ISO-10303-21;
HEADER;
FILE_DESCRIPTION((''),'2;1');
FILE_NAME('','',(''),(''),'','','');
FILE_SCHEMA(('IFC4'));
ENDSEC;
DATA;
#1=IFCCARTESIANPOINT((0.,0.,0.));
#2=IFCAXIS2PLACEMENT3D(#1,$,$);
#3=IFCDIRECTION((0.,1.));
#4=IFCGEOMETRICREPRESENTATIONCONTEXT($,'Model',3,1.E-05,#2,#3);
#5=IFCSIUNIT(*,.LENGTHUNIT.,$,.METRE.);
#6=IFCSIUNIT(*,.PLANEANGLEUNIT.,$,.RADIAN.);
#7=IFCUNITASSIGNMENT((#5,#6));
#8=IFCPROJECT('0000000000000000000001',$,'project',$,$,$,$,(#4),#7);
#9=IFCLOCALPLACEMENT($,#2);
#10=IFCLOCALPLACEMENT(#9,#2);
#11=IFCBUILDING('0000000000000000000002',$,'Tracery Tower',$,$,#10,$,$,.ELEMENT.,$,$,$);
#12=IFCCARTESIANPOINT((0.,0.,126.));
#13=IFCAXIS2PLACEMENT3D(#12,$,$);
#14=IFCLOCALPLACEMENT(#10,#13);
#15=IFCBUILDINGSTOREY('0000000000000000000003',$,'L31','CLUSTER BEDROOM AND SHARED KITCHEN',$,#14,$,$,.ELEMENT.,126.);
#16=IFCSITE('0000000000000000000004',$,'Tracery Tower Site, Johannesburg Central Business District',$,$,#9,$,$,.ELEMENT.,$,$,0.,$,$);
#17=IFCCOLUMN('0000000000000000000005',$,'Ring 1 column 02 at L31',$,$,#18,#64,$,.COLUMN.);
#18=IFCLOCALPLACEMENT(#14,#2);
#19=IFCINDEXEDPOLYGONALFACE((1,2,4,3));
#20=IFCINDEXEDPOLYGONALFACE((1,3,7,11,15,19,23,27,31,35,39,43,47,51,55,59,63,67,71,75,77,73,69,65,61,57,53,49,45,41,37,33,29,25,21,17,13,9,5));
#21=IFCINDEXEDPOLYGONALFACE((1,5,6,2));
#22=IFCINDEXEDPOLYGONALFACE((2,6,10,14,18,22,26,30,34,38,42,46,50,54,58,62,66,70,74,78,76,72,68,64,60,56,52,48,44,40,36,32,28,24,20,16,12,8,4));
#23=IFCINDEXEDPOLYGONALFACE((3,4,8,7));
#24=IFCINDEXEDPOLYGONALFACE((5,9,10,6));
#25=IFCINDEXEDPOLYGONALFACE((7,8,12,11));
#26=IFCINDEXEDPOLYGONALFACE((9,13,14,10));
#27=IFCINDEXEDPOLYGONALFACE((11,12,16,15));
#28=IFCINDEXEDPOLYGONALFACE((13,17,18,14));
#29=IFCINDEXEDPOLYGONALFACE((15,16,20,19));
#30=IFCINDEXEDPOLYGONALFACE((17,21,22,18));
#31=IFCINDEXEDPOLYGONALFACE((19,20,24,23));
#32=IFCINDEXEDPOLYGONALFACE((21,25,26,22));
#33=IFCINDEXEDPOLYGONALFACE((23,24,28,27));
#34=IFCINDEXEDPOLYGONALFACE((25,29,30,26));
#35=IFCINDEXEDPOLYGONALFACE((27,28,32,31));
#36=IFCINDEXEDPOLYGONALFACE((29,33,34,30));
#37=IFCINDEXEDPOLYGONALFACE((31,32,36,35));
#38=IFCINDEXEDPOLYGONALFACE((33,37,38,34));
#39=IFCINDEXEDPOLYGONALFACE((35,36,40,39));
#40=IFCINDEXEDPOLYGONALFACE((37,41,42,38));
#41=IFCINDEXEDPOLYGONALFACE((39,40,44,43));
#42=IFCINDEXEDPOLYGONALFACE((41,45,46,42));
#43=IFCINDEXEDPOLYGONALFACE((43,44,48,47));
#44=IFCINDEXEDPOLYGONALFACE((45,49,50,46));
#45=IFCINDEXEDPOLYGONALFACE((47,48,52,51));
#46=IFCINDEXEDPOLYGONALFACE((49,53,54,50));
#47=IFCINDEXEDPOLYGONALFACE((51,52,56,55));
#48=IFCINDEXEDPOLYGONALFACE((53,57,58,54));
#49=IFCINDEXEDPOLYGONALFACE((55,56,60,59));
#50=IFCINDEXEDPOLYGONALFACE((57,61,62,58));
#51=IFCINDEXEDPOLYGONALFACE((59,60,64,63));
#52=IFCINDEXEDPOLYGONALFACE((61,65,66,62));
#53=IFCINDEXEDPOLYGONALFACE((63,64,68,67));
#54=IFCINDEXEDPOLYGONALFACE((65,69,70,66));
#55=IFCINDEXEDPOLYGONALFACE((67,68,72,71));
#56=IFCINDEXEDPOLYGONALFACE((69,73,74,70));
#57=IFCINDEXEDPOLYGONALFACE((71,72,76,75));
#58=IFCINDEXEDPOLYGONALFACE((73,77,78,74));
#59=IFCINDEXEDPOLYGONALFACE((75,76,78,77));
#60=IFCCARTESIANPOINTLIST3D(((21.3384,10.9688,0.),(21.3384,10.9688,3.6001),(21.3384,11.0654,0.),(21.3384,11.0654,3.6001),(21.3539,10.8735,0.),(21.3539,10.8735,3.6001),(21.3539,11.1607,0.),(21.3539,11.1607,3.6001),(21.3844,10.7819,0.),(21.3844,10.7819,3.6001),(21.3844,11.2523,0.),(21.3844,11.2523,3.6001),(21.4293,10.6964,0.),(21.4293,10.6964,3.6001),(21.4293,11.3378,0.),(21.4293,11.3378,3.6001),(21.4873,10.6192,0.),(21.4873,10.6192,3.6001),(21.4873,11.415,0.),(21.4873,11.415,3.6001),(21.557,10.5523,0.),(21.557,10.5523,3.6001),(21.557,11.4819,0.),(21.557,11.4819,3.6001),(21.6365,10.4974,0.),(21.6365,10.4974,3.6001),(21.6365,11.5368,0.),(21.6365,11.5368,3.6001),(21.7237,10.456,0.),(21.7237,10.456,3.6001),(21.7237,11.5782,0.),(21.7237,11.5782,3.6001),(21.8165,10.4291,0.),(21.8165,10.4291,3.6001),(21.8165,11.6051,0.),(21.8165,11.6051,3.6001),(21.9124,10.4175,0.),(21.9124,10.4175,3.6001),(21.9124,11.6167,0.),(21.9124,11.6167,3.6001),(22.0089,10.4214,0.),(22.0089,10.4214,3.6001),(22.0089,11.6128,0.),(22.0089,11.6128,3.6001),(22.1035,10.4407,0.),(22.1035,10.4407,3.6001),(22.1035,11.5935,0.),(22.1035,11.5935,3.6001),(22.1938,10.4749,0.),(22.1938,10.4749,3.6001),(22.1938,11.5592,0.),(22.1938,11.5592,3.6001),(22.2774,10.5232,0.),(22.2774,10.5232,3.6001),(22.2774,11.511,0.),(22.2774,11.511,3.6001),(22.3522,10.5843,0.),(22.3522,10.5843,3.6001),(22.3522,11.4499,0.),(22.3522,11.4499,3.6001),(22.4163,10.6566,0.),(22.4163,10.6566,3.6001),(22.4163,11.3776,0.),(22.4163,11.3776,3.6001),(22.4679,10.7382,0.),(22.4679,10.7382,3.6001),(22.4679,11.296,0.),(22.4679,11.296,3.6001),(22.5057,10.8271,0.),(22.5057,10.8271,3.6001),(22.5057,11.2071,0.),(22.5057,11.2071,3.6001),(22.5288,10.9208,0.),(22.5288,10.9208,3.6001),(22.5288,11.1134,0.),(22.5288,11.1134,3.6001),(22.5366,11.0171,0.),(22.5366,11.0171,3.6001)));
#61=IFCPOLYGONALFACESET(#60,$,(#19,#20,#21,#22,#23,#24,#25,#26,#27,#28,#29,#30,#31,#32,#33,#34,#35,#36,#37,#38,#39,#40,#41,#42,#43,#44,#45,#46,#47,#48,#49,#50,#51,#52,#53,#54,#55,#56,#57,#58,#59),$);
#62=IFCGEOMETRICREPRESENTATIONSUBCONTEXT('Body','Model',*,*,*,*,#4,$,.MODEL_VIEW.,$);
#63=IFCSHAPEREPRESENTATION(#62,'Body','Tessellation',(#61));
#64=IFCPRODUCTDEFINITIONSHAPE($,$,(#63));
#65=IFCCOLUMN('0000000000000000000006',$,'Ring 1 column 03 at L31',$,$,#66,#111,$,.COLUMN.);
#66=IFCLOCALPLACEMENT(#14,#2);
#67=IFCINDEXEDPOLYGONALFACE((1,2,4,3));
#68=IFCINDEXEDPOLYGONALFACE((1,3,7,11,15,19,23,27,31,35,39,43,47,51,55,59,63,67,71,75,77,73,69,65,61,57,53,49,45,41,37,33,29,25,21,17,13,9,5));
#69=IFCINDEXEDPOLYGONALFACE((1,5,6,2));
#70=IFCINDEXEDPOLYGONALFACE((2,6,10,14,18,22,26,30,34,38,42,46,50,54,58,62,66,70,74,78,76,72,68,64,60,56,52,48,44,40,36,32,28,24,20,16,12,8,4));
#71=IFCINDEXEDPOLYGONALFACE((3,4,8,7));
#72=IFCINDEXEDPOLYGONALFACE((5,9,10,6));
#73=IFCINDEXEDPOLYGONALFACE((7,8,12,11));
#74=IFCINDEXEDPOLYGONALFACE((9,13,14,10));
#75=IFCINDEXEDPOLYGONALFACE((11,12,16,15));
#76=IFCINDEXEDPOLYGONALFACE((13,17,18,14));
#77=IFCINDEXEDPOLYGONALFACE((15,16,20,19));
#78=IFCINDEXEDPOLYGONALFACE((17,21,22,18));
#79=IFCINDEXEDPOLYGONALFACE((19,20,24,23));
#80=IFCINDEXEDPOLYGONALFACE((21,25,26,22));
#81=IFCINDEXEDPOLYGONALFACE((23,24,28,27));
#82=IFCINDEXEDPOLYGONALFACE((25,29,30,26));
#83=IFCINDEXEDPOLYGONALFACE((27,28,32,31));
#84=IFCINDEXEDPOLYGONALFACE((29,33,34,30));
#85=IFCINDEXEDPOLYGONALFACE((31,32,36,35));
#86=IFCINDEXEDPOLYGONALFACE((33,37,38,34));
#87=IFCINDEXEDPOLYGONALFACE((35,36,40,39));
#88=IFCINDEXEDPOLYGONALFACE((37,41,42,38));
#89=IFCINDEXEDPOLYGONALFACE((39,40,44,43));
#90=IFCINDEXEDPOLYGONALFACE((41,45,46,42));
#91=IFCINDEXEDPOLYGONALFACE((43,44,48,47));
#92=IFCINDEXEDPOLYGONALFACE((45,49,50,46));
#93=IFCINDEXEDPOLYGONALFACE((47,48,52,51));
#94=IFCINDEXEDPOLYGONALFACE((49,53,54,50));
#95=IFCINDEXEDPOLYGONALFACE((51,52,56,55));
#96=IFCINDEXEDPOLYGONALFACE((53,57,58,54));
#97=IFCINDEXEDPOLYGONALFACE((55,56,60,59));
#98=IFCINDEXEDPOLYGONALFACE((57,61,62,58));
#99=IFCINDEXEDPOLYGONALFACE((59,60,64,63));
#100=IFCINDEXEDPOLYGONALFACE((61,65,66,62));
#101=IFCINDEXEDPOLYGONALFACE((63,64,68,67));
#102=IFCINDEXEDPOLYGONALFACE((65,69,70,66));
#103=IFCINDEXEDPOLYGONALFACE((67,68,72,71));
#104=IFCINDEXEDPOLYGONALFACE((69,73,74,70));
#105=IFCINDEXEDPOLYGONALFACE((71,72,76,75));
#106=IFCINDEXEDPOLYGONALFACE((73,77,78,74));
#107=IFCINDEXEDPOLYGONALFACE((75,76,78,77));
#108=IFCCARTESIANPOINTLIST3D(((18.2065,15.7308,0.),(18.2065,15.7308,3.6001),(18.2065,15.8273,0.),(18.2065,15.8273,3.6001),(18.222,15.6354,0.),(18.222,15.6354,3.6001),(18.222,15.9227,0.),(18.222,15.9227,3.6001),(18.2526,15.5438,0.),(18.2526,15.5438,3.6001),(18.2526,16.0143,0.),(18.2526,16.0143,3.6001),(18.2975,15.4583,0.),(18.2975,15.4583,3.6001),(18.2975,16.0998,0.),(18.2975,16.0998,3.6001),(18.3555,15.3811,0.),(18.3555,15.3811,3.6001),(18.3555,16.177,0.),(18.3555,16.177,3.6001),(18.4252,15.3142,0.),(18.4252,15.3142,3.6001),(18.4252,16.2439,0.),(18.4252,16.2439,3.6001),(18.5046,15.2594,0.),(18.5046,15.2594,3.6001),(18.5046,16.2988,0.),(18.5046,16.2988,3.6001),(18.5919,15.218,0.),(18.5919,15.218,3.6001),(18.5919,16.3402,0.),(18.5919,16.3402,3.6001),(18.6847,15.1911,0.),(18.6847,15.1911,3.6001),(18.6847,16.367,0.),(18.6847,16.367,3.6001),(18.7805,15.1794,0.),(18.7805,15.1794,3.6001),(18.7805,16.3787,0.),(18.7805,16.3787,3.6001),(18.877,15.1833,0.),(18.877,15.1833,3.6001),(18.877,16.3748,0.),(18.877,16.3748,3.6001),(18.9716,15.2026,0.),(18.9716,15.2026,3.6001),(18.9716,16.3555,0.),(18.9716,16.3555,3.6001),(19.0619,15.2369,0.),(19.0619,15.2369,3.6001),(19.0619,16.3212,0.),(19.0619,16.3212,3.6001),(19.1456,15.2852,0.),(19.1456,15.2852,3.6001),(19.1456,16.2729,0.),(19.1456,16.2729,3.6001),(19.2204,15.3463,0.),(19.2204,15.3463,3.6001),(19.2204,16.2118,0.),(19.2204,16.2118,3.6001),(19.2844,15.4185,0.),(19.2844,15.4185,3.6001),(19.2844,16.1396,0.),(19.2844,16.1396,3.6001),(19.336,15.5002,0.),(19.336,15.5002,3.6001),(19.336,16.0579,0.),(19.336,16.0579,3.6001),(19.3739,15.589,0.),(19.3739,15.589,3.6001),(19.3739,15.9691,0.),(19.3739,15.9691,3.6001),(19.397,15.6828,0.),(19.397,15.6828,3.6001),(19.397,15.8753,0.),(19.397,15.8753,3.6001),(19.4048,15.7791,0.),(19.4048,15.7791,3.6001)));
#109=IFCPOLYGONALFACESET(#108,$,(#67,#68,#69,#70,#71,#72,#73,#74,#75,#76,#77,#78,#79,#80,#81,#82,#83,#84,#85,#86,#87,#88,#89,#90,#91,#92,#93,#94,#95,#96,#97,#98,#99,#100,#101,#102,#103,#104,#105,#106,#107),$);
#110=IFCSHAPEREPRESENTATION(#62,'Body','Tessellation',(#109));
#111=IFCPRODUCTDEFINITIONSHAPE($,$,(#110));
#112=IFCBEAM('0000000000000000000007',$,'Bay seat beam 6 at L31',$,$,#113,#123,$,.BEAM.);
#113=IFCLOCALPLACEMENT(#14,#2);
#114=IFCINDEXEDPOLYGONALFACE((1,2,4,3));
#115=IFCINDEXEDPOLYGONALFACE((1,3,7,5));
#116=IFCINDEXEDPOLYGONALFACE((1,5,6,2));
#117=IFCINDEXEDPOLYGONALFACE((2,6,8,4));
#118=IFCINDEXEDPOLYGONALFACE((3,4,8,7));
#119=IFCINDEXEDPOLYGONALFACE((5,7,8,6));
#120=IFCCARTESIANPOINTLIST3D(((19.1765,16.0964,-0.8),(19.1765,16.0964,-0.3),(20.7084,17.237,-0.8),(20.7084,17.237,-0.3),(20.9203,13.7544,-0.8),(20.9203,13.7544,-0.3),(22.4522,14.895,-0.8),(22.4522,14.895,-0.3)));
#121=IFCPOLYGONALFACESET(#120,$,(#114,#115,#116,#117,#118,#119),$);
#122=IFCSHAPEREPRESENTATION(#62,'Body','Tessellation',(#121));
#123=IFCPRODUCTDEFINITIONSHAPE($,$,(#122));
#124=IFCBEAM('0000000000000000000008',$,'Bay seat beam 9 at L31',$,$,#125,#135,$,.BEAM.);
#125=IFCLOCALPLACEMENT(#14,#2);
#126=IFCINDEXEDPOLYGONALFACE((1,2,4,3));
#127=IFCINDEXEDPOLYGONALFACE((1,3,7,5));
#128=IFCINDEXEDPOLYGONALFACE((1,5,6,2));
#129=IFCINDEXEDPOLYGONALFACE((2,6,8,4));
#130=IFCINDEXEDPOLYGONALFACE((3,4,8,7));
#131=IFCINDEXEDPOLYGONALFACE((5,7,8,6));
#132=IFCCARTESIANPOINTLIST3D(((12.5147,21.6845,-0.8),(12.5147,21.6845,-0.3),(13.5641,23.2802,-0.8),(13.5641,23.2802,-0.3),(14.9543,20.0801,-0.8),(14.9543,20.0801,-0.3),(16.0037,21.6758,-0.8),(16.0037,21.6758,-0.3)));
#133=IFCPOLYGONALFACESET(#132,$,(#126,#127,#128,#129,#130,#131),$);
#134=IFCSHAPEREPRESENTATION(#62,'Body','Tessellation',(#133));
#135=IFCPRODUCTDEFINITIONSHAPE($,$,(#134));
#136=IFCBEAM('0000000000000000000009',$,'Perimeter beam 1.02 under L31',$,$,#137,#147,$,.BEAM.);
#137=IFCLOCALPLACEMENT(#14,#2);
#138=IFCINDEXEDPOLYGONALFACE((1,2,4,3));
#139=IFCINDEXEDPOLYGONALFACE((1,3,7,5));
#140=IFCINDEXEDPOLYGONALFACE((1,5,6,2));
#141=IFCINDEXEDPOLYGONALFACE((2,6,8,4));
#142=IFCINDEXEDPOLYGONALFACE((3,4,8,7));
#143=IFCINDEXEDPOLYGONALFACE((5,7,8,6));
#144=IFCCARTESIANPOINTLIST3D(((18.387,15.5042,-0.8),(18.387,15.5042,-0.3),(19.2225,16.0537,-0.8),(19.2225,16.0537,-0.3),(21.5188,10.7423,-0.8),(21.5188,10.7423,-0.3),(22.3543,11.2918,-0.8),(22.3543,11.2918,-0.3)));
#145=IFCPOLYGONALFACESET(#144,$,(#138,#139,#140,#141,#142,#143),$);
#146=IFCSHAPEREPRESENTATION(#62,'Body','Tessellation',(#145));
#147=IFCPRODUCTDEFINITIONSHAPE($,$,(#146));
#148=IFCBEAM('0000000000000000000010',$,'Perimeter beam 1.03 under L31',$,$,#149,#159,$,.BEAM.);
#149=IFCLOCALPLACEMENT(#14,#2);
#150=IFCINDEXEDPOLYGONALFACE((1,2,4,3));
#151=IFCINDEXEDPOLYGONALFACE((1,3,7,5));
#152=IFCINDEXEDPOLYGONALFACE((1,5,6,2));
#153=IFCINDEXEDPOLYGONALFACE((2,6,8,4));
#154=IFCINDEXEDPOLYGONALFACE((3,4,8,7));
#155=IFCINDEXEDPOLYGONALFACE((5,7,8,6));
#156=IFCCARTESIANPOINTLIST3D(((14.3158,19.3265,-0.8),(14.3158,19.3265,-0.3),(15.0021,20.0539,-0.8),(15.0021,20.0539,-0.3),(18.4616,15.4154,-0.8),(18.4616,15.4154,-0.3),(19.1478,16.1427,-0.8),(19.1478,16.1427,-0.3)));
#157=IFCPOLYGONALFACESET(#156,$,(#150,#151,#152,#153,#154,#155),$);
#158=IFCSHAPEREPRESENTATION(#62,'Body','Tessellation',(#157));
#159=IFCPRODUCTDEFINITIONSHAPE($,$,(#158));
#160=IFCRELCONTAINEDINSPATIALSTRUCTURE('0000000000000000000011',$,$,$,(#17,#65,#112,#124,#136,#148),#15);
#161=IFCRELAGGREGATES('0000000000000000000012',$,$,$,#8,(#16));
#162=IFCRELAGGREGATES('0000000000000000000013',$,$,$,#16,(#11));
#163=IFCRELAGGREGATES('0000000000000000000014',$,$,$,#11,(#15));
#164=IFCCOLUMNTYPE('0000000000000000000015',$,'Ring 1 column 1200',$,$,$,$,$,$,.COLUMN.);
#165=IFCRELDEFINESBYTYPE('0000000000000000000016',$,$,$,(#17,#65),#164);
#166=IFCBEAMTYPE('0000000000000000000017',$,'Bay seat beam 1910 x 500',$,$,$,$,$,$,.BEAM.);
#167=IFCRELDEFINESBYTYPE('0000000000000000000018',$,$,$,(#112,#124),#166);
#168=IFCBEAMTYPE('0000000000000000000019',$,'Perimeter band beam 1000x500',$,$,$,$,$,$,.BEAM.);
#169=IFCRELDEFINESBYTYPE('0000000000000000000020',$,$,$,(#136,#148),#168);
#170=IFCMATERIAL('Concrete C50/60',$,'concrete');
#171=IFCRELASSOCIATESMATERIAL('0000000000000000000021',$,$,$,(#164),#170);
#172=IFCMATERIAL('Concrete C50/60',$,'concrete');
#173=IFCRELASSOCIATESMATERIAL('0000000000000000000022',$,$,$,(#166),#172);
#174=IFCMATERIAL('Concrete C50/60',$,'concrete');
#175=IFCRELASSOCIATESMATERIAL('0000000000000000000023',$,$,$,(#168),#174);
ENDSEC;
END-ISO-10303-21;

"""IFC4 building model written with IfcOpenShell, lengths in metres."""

from ifc_helpers import new_model, si_unit, direction, frame, origin, origin_2d, place, context, subcontext, project, spatial, rectangle, circle, extrude, material, material_profile, profile_set, type_object, element, save


model = new_model("IFC4")

# Units and contexts
model_context = context("Model", 3, precision=1e-05, world=origin(), true_north=direction((0.0, 1.0)))
body_context = subcontext(model_context, "Body", "Model", "MODEL_VIEW")
ifc_project = project(units=[si_unit("LENGTHUNIT", "METRE"), si_unit("PLANEANGLEUNIT", "RADIAN")], contexts=[model_context])

# Site, building, storey
site_placement = place(None, origin())
site = spatial("IfcSite", under=ifc_project, at=site_placement, Name="Tracery Tower Site, Johannesburg Central Business District", CompositionType="ELEMENT", RefElevation=0.0)
building_placement = place(site_placement, origin())
building = spatial("IfcBuilding", under=site, at=building_placement, Name="Tracery Tower", CompositionType="ELEMENT")
storey_placement = place(building_placement, frame((0.0, 0.0, 126.0)))
storey = spatial("IfcBuildingStorey", under=building, at=storey_placement, Name="L31", Description="CLUSTER BEDROOM AND SHARED KITCHEN", CompositionType="ELEMENT", Elevation=126.0)

# Columns
ifc_material_1 = material(Name="Concrete C50/60", Category="concrete")
ifc_material_profile_1 = material_profile(ifc_material_1, circle(Radius=0.6001, at=origin_2d()), Name="RC D1200")
ifc_profile_set_1 = profile_set([ifc_material_profile_1], Name="Concrete C50/60")
column_type = type_object("IfcColumnType", Name="Ring 1 column 1200", PredefinedType="COLUMN", material=ifc_profile_set_1)
for number, where, z_axis, x_axis, name in (
    (1, (21.9365, 11.0171, 0.0), (0.0, 0.0, 1.0), (1.0, 0.0, 0.0), "Ring 1 column 02 at L31"),
    (2, (18.8047, 15.7791, 0.0), (0.0, 0.0, 1.0), (1.0, 0.0, 0.0), "Ring 1 column 03 at L31"),
):
    element("IfcColumn", number, at=place(storey_placement, frame(where, z_axis=z_axis, x_axis=x_axis)), inside=storey, type_object=column_type, Name=name, PredefinedType="COLUMN", context=body_context, shape_type="SweptSolid", body=[
        extrude(circle(Radius=0.6001, at=origin_2d()), origin(), (0.0, 0.0, 1.0), 3.6001),
    ])

# Beams
ifc_material_2 = material(Name="Concrete C50/60", Category="concrete")
ifc_material_profile_2 = material_profile(ifc_material_2, rectangle(XDim=1.9099, YDim=0.5, at=origin_2d()), Name="RC 1910x500")
ifc_profile_set_2 = profile_set([ifc_material_profile_2], Name="Concrete C50/60")
beam_type_1 = type_object("IfcBeamType", Name="Bay seat beam 1910 x 500", PredefinedType="BEAM", material=ifc_profile_set_2)
for number, where, z_axis, x_axis, name in (
    (3, (21.6863, 14.3247, -0.55), (-0.597227, 0.802072, 0.0), (-0.802072, -0.597227, 0.0), "Bay seat beam 6 at L31"),
    (4, (15.479, 20.8779, -0.55), (-0.835507, 0.54948, 0.0), (-0.54948, -0.835507, 0.0), "Bay seat beam 9 at L31"),
):
    element("IfcBeam", number, at=place(storey_placement, frame(where, z_axis=z_axis, x_axis=x_axis)), inside=storey, type_object=beam_type_1, Name=name, PredefinedType="BEAM", context=body_context, shape_type="SweptSolid", body=[
        extrude(rectangle(XDim=1.9099, YDim=0.5, at=origin_2d()), origin(), (0.0, 0.0, 1.0), 2.9199),
    ])
ifc_material_3 = material(Name="Concrete C50/60", Category="concrete")
ifc_material_profile_3 = material_profile(ifc_material_3, rectangle(XDim=1.0, YDim=0.5, at=origin_2d()), Name="RC 1000x500")
ifc_profile_set_3 = profile_set([ifc_material_profile_3], Name="Concrete C50/60")
beam_type_2 = type_object("IfcBeamType", Name="Perimeter band beam 1000x500", PredefinedType="BEAM", material=ifc_profile_set_3)
for number, where, z_axis, x_axis, name in (
    (5, (21.9365, 11.0171, -0.55), (-0.54949, 0.8355, 0.0), (-0.8355, -0.54949, 0.0), "Perimeter beam 1.02 under L31"),
    (6, (18.8047, 15.7791, -0.55), (-0.72739, 0.686225, 0.0), (-0.686225, -0.72739, 0.0), "Perimeter beam 1.03 under L31"),
):
    element("IfcBeam", number, at=place(storey_placement, frame(where, z_axis=z_axis, x_axis=x_axis)), inside=storey, type_object=beam_type_2, Name=name, PredefinedType="BEAM", context=body_context, shape_type="SweptSolid", body=[
        extrude(rectangle(XDim=1.0, YDim=0.5, at=origin_2d()), origin(), (0.0, 0.0, 1.0), 5.6995),
    ])

save(model, "model.ifc")
